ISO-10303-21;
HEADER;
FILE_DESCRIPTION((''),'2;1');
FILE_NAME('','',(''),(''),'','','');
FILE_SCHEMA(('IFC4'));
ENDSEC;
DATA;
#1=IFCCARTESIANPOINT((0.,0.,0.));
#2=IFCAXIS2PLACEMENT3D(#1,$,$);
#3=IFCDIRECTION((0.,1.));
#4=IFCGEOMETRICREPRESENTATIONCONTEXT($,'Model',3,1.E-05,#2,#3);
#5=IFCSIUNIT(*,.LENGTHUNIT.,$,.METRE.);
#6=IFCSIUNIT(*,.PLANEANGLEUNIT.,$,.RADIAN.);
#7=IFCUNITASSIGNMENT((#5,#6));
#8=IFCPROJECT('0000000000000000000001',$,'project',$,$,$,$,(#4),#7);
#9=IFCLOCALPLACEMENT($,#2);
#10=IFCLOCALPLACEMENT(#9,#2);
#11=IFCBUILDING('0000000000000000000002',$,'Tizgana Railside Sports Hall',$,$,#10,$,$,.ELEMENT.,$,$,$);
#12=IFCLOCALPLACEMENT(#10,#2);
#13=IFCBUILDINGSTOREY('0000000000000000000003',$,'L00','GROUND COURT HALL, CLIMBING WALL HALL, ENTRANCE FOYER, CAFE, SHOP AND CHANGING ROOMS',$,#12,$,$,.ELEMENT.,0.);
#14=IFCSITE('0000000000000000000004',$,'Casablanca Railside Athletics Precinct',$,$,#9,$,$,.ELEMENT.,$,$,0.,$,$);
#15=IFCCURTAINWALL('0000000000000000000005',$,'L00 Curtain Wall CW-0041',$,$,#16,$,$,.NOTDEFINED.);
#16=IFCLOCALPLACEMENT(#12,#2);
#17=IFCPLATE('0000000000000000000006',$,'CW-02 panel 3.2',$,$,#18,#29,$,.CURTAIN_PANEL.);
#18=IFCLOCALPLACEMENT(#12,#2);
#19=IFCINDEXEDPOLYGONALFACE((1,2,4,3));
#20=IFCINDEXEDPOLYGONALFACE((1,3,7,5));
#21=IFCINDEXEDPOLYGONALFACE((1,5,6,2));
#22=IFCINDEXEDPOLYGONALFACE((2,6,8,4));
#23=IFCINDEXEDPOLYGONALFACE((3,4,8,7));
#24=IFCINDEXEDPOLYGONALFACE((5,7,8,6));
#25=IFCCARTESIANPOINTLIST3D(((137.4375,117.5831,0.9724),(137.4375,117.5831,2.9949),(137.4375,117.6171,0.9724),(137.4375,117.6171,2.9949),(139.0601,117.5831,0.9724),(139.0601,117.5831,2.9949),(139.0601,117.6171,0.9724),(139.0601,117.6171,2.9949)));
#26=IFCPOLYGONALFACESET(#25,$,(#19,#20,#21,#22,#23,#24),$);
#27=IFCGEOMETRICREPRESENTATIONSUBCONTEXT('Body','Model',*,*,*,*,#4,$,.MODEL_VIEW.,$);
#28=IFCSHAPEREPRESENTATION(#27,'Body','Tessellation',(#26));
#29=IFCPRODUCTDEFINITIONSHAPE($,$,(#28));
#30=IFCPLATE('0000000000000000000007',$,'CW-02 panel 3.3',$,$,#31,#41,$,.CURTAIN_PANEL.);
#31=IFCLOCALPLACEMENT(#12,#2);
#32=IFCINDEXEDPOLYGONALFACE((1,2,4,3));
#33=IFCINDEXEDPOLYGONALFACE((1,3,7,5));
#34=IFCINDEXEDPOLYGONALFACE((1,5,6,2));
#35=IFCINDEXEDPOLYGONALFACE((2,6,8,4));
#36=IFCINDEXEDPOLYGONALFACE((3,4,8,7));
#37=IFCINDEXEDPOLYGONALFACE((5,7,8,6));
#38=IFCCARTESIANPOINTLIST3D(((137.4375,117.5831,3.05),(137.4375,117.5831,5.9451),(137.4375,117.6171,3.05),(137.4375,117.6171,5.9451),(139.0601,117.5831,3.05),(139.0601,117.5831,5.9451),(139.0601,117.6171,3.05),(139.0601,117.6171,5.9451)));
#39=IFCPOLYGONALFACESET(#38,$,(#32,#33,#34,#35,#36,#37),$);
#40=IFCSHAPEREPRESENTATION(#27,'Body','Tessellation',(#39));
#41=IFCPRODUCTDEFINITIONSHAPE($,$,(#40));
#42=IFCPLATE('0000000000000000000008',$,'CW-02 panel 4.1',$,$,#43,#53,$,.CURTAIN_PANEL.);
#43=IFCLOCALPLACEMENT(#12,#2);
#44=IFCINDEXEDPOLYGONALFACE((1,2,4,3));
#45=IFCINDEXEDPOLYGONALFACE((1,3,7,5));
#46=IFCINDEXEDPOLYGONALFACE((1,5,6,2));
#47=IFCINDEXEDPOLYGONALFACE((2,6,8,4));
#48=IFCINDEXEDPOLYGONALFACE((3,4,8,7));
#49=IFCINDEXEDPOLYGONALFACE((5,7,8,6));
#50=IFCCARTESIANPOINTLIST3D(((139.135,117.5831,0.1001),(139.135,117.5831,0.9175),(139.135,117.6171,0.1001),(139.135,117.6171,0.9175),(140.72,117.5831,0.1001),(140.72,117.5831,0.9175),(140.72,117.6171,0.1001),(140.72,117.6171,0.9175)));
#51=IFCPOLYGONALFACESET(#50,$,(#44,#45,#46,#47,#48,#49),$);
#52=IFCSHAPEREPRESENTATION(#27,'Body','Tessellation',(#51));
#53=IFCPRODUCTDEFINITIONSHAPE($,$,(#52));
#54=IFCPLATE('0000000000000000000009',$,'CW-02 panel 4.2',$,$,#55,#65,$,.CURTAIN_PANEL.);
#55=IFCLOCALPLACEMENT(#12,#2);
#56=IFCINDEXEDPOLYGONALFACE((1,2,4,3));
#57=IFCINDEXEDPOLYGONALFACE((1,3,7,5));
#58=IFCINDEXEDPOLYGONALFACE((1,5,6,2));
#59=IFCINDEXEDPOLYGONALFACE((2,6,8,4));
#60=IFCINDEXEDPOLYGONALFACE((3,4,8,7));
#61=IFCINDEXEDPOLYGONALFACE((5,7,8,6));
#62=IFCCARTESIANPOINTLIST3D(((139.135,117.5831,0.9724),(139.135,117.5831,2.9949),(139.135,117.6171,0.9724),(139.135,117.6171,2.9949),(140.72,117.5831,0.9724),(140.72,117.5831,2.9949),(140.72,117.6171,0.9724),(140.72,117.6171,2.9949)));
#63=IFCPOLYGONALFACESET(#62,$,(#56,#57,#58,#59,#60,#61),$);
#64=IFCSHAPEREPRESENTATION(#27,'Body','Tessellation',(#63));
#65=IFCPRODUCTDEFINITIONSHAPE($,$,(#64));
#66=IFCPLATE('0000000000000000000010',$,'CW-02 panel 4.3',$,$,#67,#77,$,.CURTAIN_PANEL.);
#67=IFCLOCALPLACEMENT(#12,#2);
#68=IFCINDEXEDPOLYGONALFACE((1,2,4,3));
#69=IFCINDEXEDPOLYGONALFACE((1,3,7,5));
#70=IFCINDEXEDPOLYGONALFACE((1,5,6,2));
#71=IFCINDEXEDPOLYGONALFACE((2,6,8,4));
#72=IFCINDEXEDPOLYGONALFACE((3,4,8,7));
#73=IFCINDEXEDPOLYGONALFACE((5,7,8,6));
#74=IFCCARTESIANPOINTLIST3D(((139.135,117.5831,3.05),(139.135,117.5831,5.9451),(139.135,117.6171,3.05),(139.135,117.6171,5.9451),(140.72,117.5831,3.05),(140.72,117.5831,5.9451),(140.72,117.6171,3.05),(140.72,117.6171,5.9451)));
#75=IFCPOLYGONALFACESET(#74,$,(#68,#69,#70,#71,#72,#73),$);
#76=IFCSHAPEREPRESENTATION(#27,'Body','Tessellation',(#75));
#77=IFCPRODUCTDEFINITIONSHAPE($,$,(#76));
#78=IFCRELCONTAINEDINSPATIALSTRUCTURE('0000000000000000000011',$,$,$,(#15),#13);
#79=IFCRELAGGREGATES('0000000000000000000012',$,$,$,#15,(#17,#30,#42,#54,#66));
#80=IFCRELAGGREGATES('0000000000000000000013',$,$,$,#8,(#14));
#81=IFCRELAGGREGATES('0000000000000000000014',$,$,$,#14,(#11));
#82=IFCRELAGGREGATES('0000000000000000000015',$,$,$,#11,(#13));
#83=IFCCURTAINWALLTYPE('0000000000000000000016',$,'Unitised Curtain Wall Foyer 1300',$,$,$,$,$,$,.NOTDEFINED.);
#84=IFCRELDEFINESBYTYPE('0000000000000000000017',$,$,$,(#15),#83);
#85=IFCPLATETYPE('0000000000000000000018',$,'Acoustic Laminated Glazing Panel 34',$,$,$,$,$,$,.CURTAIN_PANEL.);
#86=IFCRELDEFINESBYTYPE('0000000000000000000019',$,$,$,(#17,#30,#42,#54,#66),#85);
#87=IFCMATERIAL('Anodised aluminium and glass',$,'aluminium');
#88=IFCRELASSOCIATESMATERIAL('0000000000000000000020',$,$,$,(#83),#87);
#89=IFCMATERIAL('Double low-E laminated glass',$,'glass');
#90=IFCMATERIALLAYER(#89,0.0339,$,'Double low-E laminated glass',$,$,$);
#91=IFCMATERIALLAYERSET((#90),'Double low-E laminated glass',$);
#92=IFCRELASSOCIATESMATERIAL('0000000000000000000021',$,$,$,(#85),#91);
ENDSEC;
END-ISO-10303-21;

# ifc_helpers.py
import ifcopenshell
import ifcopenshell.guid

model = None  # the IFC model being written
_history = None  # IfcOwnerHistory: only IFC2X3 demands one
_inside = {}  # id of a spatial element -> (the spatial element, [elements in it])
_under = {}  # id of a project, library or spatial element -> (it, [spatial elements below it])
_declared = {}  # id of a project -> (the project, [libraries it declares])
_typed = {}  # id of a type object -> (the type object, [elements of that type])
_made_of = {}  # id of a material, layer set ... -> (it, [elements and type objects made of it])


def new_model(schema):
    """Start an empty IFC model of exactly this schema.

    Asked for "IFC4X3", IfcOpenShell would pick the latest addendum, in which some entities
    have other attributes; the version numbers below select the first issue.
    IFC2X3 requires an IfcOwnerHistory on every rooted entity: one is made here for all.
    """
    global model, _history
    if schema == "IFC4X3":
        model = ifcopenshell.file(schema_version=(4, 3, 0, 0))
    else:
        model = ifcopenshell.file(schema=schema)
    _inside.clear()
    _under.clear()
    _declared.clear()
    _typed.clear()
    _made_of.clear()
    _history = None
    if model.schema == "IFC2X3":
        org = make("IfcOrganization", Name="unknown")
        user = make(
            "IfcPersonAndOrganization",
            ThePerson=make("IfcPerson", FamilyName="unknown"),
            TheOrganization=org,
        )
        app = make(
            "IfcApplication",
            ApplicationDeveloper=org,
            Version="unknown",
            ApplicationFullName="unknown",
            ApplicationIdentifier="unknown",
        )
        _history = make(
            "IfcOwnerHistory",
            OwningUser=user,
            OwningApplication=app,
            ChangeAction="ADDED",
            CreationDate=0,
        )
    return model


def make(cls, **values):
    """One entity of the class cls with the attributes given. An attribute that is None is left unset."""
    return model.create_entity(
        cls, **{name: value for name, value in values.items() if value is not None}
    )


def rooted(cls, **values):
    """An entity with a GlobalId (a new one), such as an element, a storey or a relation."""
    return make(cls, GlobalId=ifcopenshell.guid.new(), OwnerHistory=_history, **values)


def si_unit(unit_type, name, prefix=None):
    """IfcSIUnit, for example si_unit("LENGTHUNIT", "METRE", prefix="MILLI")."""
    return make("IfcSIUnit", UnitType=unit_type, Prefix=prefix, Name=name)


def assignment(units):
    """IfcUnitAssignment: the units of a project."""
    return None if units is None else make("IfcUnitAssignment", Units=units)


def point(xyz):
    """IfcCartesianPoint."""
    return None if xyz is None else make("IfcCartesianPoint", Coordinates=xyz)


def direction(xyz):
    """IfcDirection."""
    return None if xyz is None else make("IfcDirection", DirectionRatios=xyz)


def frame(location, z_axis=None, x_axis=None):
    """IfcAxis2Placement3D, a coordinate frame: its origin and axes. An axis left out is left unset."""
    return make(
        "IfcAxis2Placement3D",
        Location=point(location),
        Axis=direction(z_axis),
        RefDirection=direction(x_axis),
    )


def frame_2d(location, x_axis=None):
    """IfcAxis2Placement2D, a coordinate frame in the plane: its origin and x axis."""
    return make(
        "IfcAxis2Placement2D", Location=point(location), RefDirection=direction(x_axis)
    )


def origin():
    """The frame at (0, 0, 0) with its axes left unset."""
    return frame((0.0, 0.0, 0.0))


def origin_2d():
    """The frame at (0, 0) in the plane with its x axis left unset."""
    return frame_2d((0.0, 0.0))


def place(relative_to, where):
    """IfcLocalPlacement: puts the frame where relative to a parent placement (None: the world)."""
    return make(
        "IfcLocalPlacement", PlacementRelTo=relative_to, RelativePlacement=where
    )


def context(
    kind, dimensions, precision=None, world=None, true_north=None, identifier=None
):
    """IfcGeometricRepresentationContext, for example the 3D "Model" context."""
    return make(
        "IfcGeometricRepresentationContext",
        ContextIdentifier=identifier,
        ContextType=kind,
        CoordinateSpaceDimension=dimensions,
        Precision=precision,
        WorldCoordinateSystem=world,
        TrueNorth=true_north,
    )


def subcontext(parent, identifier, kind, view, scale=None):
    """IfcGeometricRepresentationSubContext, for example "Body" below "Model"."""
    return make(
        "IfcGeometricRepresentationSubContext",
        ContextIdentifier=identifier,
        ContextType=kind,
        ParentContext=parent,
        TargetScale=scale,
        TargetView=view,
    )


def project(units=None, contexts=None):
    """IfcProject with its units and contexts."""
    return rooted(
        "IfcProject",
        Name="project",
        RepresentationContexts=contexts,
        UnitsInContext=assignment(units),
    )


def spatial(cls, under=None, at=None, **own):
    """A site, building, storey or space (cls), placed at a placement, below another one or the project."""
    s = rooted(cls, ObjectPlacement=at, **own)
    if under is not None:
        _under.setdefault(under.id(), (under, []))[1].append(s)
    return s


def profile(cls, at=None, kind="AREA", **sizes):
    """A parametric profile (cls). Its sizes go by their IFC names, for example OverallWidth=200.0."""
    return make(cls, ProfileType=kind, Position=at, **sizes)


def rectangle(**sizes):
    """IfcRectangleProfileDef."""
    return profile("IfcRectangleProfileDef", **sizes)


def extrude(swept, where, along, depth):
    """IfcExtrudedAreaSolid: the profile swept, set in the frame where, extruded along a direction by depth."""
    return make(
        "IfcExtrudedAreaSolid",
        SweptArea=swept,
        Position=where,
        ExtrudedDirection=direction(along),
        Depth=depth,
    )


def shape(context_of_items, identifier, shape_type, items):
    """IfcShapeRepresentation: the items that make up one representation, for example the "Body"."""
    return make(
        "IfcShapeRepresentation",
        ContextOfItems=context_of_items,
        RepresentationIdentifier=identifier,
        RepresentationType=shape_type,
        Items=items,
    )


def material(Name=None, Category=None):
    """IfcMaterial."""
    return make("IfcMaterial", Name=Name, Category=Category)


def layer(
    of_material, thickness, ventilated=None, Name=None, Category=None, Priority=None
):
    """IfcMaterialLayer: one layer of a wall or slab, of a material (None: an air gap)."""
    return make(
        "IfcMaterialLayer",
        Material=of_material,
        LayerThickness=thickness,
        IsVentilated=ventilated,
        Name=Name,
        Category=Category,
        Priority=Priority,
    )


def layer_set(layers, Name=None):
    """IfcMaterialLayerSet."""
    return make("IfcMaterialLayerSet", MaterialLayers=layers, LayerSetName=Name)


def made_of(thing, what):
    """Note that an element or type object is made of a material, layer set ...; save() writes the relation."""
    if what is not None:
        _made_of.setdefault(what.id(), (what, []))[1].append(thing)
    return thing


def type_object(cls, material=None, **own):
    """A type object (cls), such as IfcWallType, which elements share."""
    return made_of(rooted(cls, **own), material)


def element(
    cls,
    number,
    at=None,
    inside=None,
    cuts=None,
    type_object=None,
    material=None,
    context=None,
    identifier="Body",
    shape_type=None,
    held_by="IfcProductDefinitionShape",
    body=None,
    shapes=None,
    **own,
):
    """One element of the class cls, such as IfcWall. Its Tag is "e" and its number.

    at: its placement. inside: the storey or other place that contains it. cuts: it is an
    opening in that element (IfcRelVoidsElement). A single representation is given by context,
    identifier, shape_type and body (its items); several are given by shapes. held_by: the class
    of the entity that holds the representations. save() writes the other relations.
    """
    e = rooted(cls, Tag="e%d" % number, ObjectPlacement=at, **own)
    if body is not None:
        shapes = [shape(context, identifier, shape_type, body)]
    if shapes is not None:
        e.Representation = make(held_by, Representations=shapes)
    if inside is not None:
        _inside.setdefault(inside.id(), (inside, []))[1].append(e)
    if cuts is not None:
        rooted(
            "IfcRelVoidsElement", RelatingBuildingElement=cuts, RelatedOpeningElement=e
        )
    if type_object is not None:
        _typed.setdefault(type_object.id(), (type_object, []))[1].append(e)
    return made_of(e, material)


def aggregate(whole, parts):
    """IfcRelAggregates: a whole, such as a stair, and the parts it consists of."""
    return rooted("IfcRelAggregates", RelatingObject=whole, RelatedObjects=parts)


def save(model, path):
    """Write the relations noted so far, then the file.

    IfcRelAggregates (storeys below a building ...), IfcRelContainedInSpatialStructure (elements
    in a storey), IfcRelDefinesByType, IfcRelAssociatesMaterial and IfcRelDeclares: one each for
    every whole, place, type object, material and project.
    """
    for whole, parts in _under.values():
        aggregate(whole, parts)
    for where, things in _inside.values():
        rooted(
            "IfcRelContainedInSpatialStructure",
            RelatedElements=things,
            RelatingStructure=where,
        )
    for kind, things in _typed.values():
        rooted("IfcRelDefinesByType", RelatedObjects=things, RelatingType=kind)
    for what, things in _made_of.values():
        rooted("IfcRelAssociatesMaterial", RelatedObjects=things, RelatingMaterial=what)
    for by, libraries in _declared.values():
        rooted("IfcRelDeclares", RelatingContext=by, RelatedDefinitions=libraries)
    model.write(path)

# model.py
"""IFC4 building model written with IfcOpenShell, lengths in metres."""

from ifc_helpers import new_model, si_unit, direction, frame, origin, origin_2d, place, context, subcontext, project, spatial, rectangle, extrude, material, layer, layer_set, type_object, element, aggregate, save


model = new_model("IFC4")

# Units and contexts
model_context = context("Model", 3, precision=1e-05, world=origin(), true_north=direction((0.0, 1.0)))
body_context = subcontext(model_context, "Body", "Model", "MODEL_VIEW")
ifc_project = project(units=[si_unit("LENGTHUNIT", "METRE"), si_unit("PLANEANGLEUNIT", "RADIAN")], contexts=[model_context])

# Site, building, storey
site_placement = place(None, origin())
site = spatial("IfcSite", under=ifc_project, at=site_placement, Name="Casablanca Railside Athletics Precinct", CompositionType="ELEMENT", RefElevation=0.0)
building_placement = place(site_placement, origin())
building = spatial("IfcBuilding", under=site, at=building_placement, Name="Tizgana Railside Sports Hall", CompositionType="ELEMENT")
storey_placement = place(building_placement, origin())
storey = spatial("IfcBuildingStorey", under=building, at=storey_placement, Name="L00", Description="GROUND COURT HALL, CLIMBING WALL HALL, ENTRANCE FOYER, CAFE, SHOP AND CHANGING ROOMS", CompositionType="ELEMENT", Elevation=0.0)

# Shared definitions
ifc_material_1 = material(Name="Anodised aluminium and glass", Category="aluminium")

# Curtain wall
curtain_wall_type_1 = type_object("IfcCurtainWallType", Name="Unitised Curtain Wall Foyer 1300", PredefinedType="NOTDEFINED", material=ifc_material_1)
curtain_wall_1_placement = place(storey_placement, origin())
curtain_wall_1 = element("IfcCurtainWall", 1, at=curtain_wall_1_placement, inside=storey, type_object=curtain_wall_type_1, Name="L00 Curtain Wall CW-0041", PredefinedType="NOTDEFINED")

# Plates
ifc_material_2 = material(Name="Double low-E laminated glass", Category="glass")
ifc_layer = layer(ifc_material_2, 0.0339, Name="Double low-E laminated glass")
ifc_layer_set = layer_set([ifc_layer], Name="Double low-E laminated glass")
plate_type = type_object("IfcPlateType", Name="Acoustic Laminated Glazing Panel 34", PredefinedType="CURTAIN_PANEL", material=ifc_layer_set)
plate_1_placement = place(storey_placement, frame((138.2488, 117.6001, 0.9724), z_axis=(0.0, 0.0, 1.0), x_axis=(1.0, 0.0, 0.0)))
plate_1 = element("IfcPlate", 2, at=plate_1_placement, type_object=plate_type, Name="CW-02 panel 3.2", PredefinedType="CURTAIN_PANEL", context=body_context, shape_type="SweptSolid", body=[
    extrude(rectangle(XDim=1.6226, YDim=0.0339, at=origin_2d()), origin(), (0.0, 0.0, 1.0), 2.0225),
])
plate_2_placement = place(storey_placement, frame((138.2488, 117.6001, 3.05), z_axis=(0.0, 0.0, 1.0), x_axis=(1.0, 0.0, 0.0)))
plate_2 = element("IfcPlate", 3, at=plate_2_placement, type_object=plate_type, Name="CW-02 panel 3.3", PredefinedType="CURTAIN_PANEL", context=body_context, shape_type="SweptSolid", body=[
    extrude(rectangle(XDim=1.6226, YDim=0.0339, at=origin_2d()), origin(), (0.0, 0.0, 1.0), 2.895),
])
plate_3_placement = place(storey_placement, frame((139.9275, 117.6001, 0.1001), z_axis=(0.0, 0.0, 1.0), x_axis=(1.0, 0.0, 0.0)))
plate_3 = element("IfcPlate", 4, at=plate_3_placement, type_object=plate_type, Name="CW-02 panel 4.1", PredefinedType="CURTAIN_PANEL", context=body_context, shape_type="SweptSolid", body=[
    extrude(rectangle(XDim=1.585, YDim=0.0339, at=origin_2d()), origin(), (0.0, 0.0, 1.0), 0.8174),
])
plate_4_placement = place(storey_placement, frame((139.9275, 117.6001, 0.9724), z_axis=(0.0, 0.0, 1.0), x_axis=(1.0, 0.0, 0.0)))
plate_4 = element("IfcPlate", 5, at=plate_4_placement, type_object=plate_type, Name="CW-02 panel 4.2", PredefinedType="CURTAIN_PANEL", context=body_context, shape_type="SweptSolid", body=[
    extrude(rectangle(XDim=1.585, YDim=0.0339, at=origin_2d()), origin(), (0.0, 0.0, 1.0), 2.0225),
])
plate_5_placement = place(storey_placement, frame((139.9275, 117.6001, 3.05), z_axis=(0.0, 0.0, 1.0), x_axis=(1.0, 0.0, 0.0)))
plate_5 = element("IfcPlate", 6, at=plate_5_placement, type_object=plate_type, Name="CW-02 panel 4.3", PredefinedType="CURTAIN_PANEL", context=body_context, shape_type="SweptSolid", body=[
    extrude(rectangle(XDim=1.585, YDim=0.0339, at=origin_2d()), origin(), (0.0, 0.0, 1.0), 2.895),
])
aggregate(curtain_wall_1, [plate_1, plate_2, plate_3, plate_4, plate_5])

save(model, "model.ifc")
